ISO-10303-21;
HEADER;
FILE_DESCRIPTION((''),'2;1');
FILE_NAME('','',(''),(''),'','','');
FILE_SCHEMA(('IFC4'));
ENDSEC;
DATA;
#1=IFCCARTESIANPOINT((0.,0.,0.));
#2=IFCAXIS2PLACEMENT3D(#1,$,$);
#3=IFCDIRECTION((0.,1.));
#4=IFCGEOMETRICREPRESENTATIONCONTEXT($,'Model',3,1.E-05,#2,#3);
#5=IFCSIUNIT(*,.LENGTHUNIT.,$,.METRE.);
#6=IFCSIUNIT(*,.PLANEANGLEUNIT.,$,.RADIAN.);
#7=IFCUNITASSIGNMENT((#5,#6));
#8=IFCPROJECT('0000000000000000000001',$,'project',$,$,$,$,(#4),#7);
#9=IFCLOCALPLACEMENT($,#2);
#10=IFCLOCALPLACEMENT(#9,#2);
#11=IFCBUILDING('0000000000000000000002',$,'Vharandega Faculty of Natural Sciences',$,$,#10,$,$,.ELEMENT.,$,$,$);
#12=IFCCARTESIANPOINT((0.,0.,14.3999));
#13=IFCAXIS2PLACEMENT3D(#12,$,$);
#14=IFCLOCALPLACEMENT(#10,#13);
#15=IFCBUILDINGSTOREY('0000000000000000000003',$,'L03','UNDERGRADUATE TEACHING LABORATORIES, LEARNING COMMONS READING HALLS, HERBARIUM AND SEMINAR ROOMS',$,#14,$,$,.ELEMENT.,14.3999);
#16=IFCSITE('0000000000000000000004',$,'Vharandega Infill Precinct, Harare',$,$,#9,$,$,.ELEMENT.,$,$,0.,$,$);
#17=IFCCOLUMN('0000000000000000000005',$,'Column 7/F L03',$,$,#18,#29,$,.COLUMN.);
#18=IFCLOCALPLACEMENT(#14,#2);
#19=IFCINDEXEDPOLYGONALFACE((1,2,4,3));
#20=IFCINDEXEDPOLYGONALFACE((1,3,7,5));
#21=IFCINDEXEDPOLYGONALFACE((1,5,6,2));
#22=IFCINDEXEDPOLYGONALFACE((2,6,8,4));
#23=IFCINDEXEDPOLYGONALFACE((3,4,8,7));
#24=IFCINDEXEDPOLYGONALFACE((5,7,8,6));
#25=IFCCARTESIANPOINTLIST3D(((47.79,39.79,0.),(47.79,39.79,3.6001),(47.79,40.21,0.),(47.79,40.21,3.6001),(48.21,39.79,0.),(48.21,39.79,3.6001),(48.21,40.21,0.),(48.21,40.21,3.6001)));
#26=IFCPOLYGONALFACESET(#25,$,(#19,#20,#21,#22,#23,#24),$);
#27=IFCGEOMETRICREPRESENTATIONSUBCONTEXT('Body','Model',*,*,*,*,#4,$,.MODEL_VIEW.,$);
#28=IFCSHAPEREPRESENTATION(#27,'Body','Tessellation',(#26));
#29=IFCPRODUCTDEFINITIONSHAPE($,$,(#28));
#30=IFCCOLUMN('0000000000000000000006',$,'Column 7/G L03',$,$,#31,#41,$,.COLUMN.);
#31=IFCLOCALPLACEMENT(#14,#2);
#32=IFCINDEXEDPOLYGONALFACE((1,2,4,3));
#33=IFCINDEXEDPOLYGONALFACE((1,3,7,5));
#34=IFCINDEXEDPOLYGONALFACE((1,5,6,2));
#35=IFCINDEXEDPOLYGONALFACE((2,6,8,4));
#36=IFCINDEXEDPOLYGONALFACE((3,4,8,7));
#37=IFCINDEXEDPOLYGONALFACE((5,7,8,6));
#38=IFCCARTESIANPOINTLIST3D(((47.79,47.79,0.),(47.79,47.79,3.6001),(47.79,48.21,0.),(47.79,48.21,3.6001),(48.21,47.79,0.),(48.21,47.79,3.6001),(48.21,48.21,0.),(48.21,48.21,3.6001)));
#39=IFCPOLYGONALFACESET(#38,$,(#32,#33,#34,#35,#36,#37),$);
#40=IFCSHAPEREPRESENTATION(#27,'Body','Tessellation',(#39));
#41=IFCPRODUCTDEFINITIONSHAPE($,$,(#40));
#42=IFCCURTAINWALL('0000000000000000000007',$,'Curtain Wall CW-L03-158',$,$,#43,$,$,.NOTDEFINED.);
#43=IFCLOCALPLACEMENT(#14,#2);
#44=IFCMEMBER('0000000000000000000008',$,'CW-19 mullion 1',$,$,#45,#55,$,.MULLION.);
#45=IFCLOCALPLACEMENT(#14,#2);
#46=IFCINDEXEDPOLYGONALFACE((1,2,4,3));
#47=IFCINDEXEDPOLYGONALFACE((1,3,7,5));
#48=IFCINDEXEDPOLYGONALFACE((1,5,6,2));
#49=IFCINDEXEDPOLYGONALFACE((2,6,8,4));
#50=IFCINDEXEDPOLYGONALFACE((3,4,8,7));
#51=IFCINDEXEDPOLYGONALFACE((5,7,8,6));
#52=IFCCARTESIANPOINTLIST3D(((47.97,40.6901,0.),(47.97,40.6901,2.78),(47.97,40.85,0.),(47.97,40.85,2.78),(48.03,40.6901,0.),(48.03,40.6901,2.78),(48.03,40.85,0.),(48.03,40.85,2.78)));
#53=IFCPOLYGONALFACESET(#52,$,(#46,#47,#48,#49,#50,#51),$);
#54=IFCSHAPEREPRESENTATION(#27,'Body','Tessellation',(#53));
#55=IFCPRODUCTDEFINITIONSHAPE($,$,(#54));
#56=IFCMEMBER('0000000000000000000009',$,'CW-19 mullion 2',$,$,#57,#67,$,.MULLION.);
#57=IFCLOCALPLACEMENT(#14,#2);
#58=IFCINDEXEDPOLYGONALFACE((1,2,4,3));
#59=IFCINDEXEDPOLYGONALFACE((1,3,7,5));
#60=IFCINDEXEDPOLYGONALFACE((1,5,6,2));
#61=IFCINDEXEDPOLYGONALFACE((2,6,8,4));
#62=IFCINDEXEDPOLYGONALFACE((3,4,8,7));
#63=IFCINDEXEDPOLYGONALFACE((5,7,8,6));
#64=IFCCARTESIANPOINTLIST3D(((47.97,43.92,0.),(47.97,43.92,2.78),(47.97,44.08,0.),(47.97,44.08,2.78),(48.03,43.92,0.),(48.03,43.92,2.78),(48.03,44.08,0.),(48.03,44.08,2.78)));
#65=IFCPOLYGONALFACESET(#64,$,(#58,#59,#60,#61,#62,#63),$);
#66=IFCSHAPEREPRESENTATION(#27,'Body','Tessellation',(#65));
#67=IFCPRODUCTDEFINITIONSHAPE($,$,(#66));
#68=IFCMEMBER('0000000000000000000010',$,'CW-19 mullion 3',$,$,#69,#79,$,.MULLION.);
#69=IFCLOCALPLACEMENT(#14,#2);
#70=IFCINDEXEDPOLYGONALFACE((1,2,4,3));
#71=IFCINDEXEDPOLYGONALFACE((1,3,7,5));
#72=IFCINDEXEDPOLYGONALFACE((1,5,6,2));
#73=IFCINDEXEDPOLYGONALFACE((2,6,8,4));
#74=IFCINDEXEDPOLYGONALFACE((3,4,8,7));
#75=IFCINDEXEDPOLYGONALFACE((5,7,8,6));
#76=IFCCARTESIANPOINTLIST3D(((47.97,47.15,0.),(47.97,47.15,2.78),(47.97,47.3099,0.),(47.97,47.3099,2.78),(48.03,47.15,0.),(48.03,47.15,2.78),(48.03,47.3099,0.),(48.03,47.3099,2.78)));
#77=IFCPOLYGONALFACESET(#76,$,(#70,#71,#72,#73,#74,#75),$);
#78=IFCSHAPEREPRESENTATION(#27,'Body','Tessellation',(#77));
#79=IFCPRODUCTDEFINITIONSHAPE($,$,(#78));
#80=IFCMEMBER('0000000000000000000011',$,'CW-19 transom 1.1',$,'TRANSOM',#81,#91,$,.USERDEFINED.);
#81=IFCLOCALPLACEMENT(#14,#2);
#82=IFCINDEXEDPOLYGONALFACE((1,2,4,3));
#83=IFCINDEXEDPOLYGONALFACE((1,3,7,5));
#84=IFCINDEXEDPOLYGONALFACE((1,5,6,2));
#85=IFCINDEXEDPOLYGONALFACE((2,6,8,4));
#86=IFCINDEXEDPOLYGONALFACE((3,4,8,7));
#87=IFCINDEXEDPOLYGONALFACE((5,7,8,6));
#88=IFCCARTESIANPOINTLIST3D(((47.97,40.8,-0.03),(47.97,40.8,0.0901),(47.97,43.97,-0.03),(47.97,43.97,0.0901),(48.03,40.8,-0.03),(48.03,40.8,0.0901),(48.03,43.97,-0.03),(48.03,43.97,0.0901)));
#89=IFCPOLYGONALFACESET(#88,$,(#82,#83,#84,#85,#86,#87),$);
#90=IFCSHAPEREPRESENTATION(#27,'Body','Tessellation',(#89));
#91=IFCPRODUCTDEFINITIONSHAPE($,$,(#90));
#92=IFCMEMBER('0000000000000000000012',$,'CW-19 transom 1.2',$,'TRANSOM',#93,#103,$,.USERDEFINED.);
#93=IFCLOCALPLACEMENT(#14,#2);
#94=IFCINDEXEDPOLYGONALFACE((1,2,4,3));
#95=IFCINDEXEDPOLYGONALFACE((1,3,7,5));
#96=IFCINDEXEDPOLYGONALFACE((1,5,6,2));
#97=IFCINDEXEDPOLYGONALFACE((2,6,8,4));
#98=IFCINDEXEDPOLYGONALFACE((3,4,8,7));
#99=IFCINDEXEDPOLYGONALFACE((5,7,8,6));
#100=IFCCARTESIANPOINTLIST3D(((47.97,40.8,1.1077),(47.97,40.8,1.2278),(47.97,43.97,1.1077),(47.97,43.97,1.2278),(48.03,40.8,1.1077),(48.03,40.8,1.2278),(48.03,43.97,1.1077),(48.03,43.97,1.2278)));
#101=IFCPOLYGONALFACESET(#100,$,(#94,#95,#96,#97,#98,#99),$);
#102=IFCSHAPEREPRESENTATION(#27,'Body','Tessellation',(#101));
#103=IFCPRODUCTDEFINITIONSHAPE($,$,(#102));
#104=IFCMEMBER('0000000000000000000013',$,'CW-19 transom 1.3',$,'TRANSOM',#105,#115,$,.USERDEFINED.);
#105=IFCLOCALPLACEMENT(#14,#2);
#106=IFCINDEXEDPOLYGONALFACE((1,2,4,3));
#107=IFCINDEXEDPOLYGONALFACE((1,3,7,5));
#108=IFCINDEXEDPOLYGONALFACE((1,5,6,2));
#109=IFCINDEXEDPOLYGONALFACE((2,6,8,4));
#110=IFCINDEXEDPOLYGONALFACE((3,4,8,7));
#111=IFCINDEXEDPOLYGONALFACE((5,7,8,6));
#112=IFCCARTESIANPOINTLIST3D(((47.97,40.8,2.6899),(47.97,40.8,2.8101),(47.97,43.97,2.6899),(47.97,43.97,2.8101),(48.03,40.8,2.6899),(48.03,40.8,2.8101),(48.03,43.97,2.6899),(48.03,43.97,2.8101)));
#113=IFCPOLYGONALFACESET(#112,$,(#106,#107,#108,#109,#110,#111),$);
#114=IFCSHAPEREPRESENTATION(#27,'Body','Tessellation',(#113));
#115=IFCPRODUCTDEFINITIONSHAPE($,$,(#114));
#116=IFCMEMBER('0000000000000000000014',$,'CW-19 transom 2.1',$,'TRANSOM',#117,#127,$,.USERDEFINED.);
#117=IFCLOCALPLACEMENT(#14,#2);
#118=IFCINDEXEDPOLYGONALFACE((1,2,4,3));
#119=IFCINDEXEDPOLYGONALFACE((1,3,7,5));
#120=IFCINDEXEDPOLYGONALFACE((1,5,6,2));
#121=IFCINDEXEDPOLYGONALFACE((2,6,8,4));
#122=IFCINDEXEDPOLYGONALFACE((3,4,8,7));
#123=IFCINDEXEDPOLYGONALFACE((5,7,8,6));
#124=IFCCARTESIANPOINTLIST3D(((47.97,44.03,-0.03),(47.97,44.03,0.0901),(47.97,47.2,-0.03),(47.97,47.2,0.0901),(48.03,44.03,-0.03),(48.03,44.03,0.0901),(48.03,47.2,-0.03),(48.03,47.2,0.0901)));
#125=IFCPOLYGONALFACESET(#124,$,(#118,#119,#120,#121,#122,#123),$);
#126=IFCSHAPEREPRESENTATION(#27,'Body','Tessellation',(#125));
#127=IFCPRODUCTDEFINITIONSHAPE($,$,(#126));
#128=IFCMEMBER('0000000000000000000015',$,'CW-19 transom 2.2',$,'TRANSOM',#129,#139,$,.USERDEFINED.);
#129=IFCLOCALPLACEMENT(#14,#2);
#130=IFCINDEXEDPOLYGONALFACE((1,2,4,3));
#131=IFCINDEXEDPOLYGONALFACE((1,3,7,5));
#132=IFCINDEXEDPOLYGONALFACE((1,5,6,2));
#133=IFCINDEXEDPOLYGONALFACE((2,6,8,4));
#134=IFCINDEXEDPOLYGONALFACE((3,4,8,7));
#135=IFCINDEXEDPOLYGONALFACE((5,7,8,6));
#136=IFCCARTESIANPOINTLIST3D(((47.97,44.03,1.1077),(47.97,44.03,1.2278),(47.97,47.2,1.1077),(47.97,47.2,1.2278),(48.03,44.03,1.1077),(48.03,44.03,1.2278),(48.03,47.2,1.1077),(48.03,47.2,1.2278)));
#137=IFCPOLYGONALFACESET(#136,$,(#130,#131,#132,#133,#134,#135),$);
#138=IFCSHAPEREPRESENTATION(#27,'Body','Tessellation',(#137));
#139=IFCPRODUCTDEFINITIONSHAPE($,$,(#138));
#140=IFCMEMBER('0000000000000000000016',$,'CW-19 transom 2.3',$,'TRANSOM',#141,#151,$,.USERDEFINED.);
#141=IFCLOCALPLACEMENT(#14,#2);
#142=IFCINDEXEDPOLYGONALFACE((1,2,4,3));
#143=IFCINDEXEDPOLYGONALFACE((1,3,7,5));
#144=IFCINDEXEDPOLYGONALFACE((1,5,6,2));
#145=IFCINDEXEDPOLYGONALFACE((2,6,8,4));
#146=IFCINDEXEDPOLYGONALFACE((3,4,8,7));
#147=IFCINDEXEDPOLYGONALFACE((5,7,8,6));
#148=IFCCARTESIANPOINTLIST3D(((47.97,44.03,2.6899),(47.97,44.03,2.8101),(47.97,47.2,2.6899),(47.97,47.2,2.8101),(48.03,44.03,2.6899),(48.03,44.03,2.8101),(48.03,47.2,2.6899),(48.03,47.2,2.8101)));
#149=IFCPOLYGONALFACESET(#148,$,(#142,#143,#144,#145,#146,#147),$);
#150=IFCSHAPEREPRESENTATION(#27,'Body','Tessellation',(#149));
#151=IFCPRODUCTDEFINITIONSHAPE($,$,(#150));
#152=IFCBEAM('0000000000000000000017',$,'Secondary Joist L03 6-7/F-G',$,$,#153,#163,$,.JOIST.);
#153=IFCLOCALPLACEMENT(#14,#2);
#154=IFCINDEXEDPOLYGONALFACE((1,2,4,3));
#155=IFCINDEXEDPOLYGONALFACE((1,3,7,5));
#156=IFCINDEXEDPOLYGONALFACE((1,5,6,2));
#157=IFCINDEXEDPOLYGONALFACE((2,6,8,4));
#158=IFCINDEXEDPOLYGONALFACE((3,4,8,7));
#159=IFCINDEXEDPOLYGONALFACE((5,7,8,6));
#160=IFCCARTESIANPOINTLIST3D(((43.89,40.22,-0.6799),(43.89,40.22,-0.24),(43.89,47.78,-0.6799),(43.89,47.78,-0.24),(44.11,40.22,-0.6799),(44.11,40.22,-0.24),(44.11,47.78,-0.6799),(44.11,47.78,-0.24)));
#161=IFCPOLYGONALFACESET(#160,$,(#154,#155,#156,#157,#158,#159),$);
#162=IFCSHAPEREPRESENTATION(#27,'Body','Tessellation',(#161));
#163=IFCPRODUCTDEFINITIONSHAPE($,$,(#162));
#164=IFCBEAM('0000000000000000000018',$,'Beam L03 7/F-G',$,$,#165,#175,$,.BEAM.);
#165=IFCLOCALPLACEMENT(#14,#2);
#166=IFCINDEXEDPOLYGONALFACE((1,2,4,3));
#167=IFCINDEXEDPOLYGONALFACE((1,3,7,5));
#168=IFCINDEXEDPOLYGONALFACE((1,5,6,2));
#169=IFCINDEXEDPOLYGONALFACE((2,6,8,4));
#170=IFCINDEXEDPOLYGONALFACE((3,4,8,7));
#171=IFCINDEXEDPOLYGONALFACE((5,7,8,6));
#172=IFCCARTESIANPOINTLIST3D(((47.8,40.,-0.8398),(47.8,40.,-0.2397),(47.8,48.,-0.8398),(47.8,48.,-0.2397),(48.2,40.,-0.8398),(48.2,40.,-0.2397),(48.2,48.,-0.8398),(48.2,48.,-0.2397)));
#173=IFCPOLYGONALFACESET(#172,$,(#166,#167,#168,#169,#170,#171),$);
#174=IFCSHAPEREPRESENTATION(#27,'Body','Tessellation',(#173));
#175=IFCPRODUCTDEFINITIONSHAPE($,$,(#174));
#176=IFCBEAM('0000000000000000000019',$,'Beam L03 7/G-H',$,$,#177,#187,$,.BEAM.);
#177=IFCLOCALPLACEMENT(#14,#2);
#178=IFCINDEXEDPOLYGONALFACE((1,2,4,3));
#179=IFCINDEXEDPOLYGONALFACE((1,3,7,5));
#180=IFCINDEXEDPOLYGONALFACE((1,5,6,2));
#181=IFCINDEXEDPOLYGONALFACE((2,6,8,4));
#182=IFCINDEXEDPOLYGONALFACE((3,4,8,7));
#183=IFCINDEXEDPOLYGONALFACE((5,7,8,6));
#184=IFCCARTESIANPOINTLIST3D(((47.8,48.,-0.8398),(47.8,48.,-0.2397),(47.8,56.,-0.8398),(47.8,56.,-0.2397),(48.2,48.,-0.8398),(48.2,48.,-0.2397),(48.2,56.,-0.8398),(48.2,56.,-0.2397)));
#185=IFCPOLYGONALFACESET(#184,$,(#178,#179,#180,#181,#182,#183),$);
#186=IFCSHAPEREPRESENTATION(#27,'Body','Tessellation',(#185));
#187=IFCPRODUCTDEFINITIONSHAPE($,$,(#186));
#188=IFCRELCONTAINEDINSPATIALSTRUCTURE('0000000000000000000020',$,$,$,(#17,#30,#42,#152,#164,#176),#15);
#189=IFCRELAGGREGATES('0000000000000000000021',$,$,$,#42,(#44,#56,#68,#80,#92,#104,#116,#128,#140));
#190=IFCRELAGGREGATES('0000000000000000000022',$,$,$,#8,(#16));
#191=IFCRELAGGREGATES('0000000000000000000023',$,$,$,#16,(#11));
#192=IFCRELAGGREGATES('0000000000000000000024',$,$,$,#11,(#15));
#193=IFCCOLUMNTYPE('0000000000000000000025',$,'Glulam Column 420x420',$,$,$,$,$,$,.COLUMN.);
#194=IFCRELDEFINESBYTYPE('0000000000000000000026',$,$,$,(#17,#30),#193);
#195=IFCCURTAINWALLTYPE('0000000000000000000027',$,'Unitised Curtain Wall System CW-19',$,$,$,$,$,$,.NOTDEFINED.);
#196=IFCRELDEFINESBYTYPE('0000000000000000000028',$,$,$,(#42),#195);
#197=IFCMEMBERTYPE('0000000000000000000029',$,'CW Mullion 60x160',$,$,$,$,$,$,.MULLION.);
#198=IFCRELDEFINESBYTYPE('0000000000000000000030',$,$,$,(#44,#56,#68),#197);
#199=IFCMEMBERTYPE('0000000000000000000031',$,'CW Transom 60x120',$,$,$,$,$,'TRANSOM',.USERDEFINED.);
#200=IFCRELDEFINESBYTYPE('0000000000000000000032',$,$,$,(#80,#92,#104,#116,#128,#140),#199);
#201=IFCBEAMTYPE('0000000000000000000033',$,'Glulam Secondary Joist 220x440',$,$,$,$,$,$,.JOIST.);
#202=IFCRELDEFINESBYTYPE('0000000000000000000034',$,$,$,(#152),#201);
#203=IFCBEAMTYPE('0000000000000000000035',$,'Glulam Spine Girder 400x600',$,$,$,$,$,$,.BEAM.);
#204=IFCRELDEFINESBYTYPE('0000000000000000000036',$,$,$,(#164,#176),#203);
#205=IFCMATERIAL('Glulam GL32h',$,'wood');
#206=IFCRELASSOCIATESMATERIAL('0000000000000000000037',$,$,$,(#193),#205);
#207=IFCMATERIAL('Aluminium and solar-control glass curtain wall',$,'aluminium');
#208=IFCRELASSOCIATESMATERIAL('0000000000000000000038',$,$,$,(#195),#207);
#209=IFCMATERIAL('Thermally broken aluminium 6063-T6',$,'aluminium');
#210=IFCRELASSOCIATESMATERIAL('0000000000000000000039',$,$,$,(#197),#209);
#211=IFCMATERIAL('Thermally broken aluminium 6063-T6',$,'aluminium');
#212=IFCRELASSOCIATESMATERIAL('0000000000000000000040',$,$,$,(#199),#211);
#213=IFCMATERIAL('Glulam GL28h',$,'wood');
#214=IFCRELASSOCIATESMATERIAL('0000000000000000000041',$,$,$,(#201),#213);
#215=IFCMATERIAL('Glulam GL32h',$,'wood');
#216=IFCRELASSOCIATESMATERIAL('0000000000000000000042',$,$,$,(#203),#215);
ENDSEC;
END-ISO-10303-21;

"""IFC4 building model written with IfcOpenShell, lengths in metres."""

from ifc_helpers import new_model, si_unit, direction, frame, origin, origin_2d, place, context, subcontext, project, spatial, rectangle, extrude, material, material_profile, profile_set, type_object, element, aggregate, save


model = new_model("IFC4")

# Units and contexts
model_context = context("Model", 3, precision=1e-05, world=origin(), true_north=direction((0.0, 1.0)))
body_context = subcontext(model_context, "Body", "Model", "MODEL_VIEW")
ifc_project = project(units=[si_unit("LENGTHUNIT", "METRE"), si_unit("PLANEANGLEUNIT", "RADIAN")], contexts=[model_context])

# Site, building, storey
site_placement = place(None, origin())
site = spatial("IfcSite", under=ifc_project, at=site_placement, Name="Vharandega Infill Precinct, Harare", CompositionType="ELEMENT", RefElevation=0.0)
building_placement = place(site_placement, origin())
building = spatial("IfcBuilding", under=site, at=building_placement, Name="Vharandega Faculty of Natural Sciences", CompositionType="ELEMENT")
storey_placement = place(building_placement, frame((0.0, 0.0, 14.3999)))
storey = spatial("IfcBuildingStorey", under=building, at=storey_placement, Name="L03", Description="UNDERGRADUATE TEACHING LABORATORIES, LEARNING COMMONS READING HALLS, HERBARIUM AND SEMINAR ROOMS", CompositionType="ELEMENT", Elevation=14.3999)

# Columns
ifc_material_1 = material(Name="Glulam GL32h", Category="wood")
ifc_material_profile_1 = material_profile(ifc_material_1, rectangle(XDim=0.4199, YDim=0.4199, at=origin_2d()), Name="GL32h 420x420")
ifc_profile_set_1 = profile_set([ifc_material_profile_1], Name="Glulam GL32h")
column_type = type_object("IfcColumnType", Name="Glulam Column 420x420", PredefinedType="COLUMN", material=ifc_profile_set_1)
for number, where, z_axis, x_axis, name in (
    (1, (48.0, 40.0, 0.0), (0.0, 0.0, 1.0), (1.0, 0.0, 0.0), "Column 7/F L03"),
    (2, (48.0, 48.0, 0.0), (0.0, 0.0, 1.0), (1.0, 0.0, 0.0), "Column 7/G L03"),
):
    element("IfcColumn", number, at=place(storey_placement, frame(where, z_axis=z_axis, x_axis=x_axis)), inside=storey, type_object=column_type, Name=name, PredefinedType="COLUMN", context=body_context, shape_type="SweptSolid", body=[
        extrude(rectangle(XDim=0.4199, YDim=0.4199, at=origin_2d()), origin(), (0.0, 0.0, 1.0), 3.6001),
    ])

# Curtain wall, members
ifc_material_2 = material(Name="Aluminium and solar-control glass curtain wall", Category="aluminium")
curtain_wall_type = type_object("IfcCurtainWallType", Name="Unitised Curtain Wall System CW-19", PredefinedType="NOTDEFINED", material=ifc_material_2)
curtain_wall_placement = place(storey_placement, origin())
curtain_wall = element("IfcCurtainWall", 3, at=curtain_wall_placement, inside=storey, type_object=curtain_wall_type, Name="Curtain Wall CW-L03-158", PredefinedType="NOTDEFINED")
ifc_material_3 = material(Name="Thermally broken aluminium 6063-T6", Category="aluminium")
ifc_material_profile_2 = material_profile(ifc_material_3, rectangle(XDim=0.0601, YDim=0.1599, at=origin_2d()), Name="ALU 60x160")
ifc_profile_set_2 = profile_set([ifc_material_profile_2], Name="Thermally broken aluminium 6063-T6")
member_type_1 = type_object("IfcMemberType", Name="CW Mullion 60x160", PredefinedType="MULLION", material=ifc_profile_set_2)
member_1_placement = place(storey_placement, frame((48.0, 40.77, 0.0), z_axis=(0.0, 0.0, 1.0), x_axis=(-1.0, 0.0, 0.0)))
member_1 = element("IfcMember", 4, at=member_1_placement, type_object=member_type_1, Name="CW-19 mullion 1", PredefinedType="MULLION", context=body_context, shape_type="SweptSolid", body=[
    extrude(rectangle(XDim=0.0601, YDim=0.1599, at=origin_2d()), origin(), (0.0, 0.0, 1.0), 2.78),
])
member_2_placement = place(storey_placement, frame((48.0, 44.0, 0.0), z_axis=(0.0, 0.0, 1.0), x_axis=(-1.0, 0.0, 0.0)))
member_2 = element("IfcMember", 5, at=member_2_placement, type_object=member_type_1, Name="CW-19 mullion 2", PredefinedType="MULLION", context=body_context, shape_type="SweptSolid", body=[
    extrude(rectangle(XDim=0.0601, YDim=0.1599, at=origin_2d()), origin(), (0.0, 0.0, 1.0), 2.78),
])
member_3_placement = place(storey_placement, frame((48.0, 47.23, 0.0), z_axis=(0.0, 0.0, 1.0), x_axis=(-1.0, 0.0, 0.0)))
member_3 = element("IfcMember", 6, at=member_3_placement, type_object=member_type_1, Name="CW-19 mullion 3", PredefinedType="MULLION", context=body_context, shape_type="SweptSolid", body=[
    extrude(rectangle(XDim=0.0601, YDim=0.1599, at=origin_2d()), origin(), (0.0, 0.0, 1.0), 2.78),
])
ifc_material_4 = material(Name="Thermally broken aluminium 6063-T6", Category="aluminium")
ifc_material_profile_3 = material_profile(ifc_material_4, rectangle(XDim=0.0601, YDim=0.1201, at=origin_2d()), Name="ALU 60x120")
ifc_profile_set_3 = profile_set([ifc_material_profile_3], Name="Thermally broken aluminium 6063-T6")
member_type_2 = type_object("IfcMemberType", Name="CW Transom 60x120", ElementType="TRANSOM", PredefinedType="USERDEFINED", material=ifc_profile_set_3)
member_4_placement = place(storey_placement, frame((48.0, 40.8, 0.03), z_axis=(0.0, 1.0, 0.0), x_axis=(-1.0, 0.0, 0.0)))
member_4 = element("IfcMember", 7, at=member_4_placement, type_object=member_type_2, Name="CW-19 transom 1.1", ObjectType="TRANSOM", PredefinedType="USERDEFINED", context=body_context, shape_type="SweptSolid", body=[
    extrude(rectangle(XDim=0.0601, YDim=0.1201, at=origin_2d()), origin(), (0.0, 0.0, 1.0), 3.1699),
])
member_5_placement = place(storey_placement, frame((48.0, 40.8, 1.1677), z_axis=(0.0, 1.0, 0.0), x_axis=(-1.0, 0.0, 0.0)))
member_5 = element("IfcMember", 8, at=member_5_placement, type_object=member_type_2, Name="CW-19 transom 1.2", ObjectType="TRANSOM", PredefinedType="USERDEFINED", context=body_context, shape_type="SweptSolid", body=[
    extrude(rectangle(XDim=0.0601, YDim=0.1201, at=origin_2d()), origin(), (0.0, 0.0, 1.0), 3.1699),
])
member_6_placement = place(storey_placement, frame((48.0, 40.8, 2.75), z_axis=(0.0, 1.0, 0.0), x_axis=(-1.0, 0.0, 0.0)))
member_6 = element("IfcMember", 9, at=member_6_placement, type_object=member_type_2, Name="CW-19 transom 1.3", ObjectType="TRANSOM", PredefinedType="USERDEFINED", context=body_context, shape_type="SweptSolid", body=[
    extrude(rectangle(XDim=0.0601, YDim=0.1201, at=origin_2d()), origin(), (0.0, 0.0, 1.0), 3.1699),
])
member_7_placement = place(storey_placement, frame((48.0, 44.03, 0.03), z_axis=(0.0, 1.0, 0.0), x_axis=(-1.0, 0.0, 0.0)))
member_7 = element("IfcMember", 10, at=member_7_placement, type_object=member_type_2, Name="CW-19 transom 2.1", ObjectType="TRANSOM", PredefinedType="USERDEFINED", context=body_context, shape_type="SweptSolid", body=[
    extrude(rectangle(XDim=0.0601, YDim=0.1201, at=origin_2d()), origin(), (0.0, 0.0, 1.0), 3.1699),
])
member_8_placement = place(storey_placement, frame((48.0, 44.03, 1.1677), z_axis=(0.0, 1.0, 0.0), x_axis=(-1.0, 0.0, 0.0)))
member_8 = element("IfcMember", 11, at=member_8_placement, type_object=member_type_2, Name="CW-19 transom 2.2", ObjectType="TRANSOM", PredefinedType="USERDEFINED", context=body_context, shape_type="SweptSolid", body=[
    extrude(rectangle(XDim=0.0601, YDim=0.1201, at=origin_2d()), origin(), (0.0, 0.0, 1.0), 3.1699),
])
member_9_placement = place(storey_placement, frame((48.0, 44.03, 2.75), z_axis=(0.0, 1.0, 0.0), x_axis=(-1.0, 0.0, 0.0)))
member_9 = element("IfcMember", 12, at=member_9_placement, type_object=member_type_2, Name="CW-19 transom 2.3", ObjectType="TRANSOM", PredefinedType="USERDEFINED", context=body_context, shape_type="SweptSolid", body=[
    extrude(rectangle(XDim=0.0601, YDim=0.1201, at=origin_2d()), origin(), (0.0, 0.0, 1.0), 3.1699),
])

# Beams
ifc_material_5 = material(Name="Glulam GL28h", Category="wood")
ifc_material_profile_4 = material_profile(ifc_material_5, rectangle(XDim=0.22, YDim=0.4399, at=origin_2d()), Name="GL28h 220x440")
ifc_profile_set_4 = profile_set([ifc_material_profile_4], Name="Glulam GL28h")
beam_type_1 = type_object("IfcBeamType", Name="Glulam Secondary Joist 220x440", PredefinedType="JOIST", material=ifc_profile_set_4)
beam_placement = place(storey_placement, frame((44.0, 40.22, -0.46), z_axis=(0.0, 1.0, 0.0), x_axis=(-1.0, 0.0, 0.0)))
element("IfcBeam", 13, at=beam_placement, inside=storey, type_object=beam_type_1, Name="Secondary Joist L03 6-7/F-G", PredefinedType="JOIST", context=body_context, shape_type="SweptSolid", body=[
    extrude(rectangle(XDim=0.22, YDim=0.4399, at=origin_2d()), origin(), (0.0, 0.0, 1.0), 7.5601),
])
ifc_material_6 = material(Name="Glulam GL32h", Category="wood")
ifc_material_profile_5 = material_profile(ifc_material_6, rectangle(XDim=0.3999, YDim=0.6001, at=origin_2d()), Name="GL32h 400x600")
ifc_profile_set_5 = profile_set([ifc_material_profile_5], Name="Glulam GL32h")
beam_type_2 = type_object("IfcBeamType", Name="Glulam Spine Girder 400x600", PredefinedType="BEAM", material=ifc_profile_set_5)
for number, where, z_axis, x_axis, name in (
    (14, (48.0, 40.0, -0.5398), (0.0, 1.0, 0.0), (-1.0, 0.0, 0.0), "Beam L03 7/F-G"),
    (15, (48.0, 48.0, -0.5398), (0.0, 1.0, 0.0), (-1.0, 0.0, 0.0), "Beam L03 7/G-H"),
):
    element("IfcBeam", number, at=place(storey_placement, frame(where, z_axis=z_axis, x_axis=x_axis)), inside=storey, type_object=beam_type_2, Name=name, PredefinedType="BEAM", context=body_context, shape_type="SweptSolid", body=[
        extrude(rectangle(XDim=0.3999, YDim=0.6001, at=origin_2d()), origin(), (0.0, 0.0, 1.0), 8.0),
    ])

aggregate(curtain_wall, [member_1, member_2, member_3, member_4, member_5, member_6, member_7, member_8, member_9])

save(model, "model.ifc")
